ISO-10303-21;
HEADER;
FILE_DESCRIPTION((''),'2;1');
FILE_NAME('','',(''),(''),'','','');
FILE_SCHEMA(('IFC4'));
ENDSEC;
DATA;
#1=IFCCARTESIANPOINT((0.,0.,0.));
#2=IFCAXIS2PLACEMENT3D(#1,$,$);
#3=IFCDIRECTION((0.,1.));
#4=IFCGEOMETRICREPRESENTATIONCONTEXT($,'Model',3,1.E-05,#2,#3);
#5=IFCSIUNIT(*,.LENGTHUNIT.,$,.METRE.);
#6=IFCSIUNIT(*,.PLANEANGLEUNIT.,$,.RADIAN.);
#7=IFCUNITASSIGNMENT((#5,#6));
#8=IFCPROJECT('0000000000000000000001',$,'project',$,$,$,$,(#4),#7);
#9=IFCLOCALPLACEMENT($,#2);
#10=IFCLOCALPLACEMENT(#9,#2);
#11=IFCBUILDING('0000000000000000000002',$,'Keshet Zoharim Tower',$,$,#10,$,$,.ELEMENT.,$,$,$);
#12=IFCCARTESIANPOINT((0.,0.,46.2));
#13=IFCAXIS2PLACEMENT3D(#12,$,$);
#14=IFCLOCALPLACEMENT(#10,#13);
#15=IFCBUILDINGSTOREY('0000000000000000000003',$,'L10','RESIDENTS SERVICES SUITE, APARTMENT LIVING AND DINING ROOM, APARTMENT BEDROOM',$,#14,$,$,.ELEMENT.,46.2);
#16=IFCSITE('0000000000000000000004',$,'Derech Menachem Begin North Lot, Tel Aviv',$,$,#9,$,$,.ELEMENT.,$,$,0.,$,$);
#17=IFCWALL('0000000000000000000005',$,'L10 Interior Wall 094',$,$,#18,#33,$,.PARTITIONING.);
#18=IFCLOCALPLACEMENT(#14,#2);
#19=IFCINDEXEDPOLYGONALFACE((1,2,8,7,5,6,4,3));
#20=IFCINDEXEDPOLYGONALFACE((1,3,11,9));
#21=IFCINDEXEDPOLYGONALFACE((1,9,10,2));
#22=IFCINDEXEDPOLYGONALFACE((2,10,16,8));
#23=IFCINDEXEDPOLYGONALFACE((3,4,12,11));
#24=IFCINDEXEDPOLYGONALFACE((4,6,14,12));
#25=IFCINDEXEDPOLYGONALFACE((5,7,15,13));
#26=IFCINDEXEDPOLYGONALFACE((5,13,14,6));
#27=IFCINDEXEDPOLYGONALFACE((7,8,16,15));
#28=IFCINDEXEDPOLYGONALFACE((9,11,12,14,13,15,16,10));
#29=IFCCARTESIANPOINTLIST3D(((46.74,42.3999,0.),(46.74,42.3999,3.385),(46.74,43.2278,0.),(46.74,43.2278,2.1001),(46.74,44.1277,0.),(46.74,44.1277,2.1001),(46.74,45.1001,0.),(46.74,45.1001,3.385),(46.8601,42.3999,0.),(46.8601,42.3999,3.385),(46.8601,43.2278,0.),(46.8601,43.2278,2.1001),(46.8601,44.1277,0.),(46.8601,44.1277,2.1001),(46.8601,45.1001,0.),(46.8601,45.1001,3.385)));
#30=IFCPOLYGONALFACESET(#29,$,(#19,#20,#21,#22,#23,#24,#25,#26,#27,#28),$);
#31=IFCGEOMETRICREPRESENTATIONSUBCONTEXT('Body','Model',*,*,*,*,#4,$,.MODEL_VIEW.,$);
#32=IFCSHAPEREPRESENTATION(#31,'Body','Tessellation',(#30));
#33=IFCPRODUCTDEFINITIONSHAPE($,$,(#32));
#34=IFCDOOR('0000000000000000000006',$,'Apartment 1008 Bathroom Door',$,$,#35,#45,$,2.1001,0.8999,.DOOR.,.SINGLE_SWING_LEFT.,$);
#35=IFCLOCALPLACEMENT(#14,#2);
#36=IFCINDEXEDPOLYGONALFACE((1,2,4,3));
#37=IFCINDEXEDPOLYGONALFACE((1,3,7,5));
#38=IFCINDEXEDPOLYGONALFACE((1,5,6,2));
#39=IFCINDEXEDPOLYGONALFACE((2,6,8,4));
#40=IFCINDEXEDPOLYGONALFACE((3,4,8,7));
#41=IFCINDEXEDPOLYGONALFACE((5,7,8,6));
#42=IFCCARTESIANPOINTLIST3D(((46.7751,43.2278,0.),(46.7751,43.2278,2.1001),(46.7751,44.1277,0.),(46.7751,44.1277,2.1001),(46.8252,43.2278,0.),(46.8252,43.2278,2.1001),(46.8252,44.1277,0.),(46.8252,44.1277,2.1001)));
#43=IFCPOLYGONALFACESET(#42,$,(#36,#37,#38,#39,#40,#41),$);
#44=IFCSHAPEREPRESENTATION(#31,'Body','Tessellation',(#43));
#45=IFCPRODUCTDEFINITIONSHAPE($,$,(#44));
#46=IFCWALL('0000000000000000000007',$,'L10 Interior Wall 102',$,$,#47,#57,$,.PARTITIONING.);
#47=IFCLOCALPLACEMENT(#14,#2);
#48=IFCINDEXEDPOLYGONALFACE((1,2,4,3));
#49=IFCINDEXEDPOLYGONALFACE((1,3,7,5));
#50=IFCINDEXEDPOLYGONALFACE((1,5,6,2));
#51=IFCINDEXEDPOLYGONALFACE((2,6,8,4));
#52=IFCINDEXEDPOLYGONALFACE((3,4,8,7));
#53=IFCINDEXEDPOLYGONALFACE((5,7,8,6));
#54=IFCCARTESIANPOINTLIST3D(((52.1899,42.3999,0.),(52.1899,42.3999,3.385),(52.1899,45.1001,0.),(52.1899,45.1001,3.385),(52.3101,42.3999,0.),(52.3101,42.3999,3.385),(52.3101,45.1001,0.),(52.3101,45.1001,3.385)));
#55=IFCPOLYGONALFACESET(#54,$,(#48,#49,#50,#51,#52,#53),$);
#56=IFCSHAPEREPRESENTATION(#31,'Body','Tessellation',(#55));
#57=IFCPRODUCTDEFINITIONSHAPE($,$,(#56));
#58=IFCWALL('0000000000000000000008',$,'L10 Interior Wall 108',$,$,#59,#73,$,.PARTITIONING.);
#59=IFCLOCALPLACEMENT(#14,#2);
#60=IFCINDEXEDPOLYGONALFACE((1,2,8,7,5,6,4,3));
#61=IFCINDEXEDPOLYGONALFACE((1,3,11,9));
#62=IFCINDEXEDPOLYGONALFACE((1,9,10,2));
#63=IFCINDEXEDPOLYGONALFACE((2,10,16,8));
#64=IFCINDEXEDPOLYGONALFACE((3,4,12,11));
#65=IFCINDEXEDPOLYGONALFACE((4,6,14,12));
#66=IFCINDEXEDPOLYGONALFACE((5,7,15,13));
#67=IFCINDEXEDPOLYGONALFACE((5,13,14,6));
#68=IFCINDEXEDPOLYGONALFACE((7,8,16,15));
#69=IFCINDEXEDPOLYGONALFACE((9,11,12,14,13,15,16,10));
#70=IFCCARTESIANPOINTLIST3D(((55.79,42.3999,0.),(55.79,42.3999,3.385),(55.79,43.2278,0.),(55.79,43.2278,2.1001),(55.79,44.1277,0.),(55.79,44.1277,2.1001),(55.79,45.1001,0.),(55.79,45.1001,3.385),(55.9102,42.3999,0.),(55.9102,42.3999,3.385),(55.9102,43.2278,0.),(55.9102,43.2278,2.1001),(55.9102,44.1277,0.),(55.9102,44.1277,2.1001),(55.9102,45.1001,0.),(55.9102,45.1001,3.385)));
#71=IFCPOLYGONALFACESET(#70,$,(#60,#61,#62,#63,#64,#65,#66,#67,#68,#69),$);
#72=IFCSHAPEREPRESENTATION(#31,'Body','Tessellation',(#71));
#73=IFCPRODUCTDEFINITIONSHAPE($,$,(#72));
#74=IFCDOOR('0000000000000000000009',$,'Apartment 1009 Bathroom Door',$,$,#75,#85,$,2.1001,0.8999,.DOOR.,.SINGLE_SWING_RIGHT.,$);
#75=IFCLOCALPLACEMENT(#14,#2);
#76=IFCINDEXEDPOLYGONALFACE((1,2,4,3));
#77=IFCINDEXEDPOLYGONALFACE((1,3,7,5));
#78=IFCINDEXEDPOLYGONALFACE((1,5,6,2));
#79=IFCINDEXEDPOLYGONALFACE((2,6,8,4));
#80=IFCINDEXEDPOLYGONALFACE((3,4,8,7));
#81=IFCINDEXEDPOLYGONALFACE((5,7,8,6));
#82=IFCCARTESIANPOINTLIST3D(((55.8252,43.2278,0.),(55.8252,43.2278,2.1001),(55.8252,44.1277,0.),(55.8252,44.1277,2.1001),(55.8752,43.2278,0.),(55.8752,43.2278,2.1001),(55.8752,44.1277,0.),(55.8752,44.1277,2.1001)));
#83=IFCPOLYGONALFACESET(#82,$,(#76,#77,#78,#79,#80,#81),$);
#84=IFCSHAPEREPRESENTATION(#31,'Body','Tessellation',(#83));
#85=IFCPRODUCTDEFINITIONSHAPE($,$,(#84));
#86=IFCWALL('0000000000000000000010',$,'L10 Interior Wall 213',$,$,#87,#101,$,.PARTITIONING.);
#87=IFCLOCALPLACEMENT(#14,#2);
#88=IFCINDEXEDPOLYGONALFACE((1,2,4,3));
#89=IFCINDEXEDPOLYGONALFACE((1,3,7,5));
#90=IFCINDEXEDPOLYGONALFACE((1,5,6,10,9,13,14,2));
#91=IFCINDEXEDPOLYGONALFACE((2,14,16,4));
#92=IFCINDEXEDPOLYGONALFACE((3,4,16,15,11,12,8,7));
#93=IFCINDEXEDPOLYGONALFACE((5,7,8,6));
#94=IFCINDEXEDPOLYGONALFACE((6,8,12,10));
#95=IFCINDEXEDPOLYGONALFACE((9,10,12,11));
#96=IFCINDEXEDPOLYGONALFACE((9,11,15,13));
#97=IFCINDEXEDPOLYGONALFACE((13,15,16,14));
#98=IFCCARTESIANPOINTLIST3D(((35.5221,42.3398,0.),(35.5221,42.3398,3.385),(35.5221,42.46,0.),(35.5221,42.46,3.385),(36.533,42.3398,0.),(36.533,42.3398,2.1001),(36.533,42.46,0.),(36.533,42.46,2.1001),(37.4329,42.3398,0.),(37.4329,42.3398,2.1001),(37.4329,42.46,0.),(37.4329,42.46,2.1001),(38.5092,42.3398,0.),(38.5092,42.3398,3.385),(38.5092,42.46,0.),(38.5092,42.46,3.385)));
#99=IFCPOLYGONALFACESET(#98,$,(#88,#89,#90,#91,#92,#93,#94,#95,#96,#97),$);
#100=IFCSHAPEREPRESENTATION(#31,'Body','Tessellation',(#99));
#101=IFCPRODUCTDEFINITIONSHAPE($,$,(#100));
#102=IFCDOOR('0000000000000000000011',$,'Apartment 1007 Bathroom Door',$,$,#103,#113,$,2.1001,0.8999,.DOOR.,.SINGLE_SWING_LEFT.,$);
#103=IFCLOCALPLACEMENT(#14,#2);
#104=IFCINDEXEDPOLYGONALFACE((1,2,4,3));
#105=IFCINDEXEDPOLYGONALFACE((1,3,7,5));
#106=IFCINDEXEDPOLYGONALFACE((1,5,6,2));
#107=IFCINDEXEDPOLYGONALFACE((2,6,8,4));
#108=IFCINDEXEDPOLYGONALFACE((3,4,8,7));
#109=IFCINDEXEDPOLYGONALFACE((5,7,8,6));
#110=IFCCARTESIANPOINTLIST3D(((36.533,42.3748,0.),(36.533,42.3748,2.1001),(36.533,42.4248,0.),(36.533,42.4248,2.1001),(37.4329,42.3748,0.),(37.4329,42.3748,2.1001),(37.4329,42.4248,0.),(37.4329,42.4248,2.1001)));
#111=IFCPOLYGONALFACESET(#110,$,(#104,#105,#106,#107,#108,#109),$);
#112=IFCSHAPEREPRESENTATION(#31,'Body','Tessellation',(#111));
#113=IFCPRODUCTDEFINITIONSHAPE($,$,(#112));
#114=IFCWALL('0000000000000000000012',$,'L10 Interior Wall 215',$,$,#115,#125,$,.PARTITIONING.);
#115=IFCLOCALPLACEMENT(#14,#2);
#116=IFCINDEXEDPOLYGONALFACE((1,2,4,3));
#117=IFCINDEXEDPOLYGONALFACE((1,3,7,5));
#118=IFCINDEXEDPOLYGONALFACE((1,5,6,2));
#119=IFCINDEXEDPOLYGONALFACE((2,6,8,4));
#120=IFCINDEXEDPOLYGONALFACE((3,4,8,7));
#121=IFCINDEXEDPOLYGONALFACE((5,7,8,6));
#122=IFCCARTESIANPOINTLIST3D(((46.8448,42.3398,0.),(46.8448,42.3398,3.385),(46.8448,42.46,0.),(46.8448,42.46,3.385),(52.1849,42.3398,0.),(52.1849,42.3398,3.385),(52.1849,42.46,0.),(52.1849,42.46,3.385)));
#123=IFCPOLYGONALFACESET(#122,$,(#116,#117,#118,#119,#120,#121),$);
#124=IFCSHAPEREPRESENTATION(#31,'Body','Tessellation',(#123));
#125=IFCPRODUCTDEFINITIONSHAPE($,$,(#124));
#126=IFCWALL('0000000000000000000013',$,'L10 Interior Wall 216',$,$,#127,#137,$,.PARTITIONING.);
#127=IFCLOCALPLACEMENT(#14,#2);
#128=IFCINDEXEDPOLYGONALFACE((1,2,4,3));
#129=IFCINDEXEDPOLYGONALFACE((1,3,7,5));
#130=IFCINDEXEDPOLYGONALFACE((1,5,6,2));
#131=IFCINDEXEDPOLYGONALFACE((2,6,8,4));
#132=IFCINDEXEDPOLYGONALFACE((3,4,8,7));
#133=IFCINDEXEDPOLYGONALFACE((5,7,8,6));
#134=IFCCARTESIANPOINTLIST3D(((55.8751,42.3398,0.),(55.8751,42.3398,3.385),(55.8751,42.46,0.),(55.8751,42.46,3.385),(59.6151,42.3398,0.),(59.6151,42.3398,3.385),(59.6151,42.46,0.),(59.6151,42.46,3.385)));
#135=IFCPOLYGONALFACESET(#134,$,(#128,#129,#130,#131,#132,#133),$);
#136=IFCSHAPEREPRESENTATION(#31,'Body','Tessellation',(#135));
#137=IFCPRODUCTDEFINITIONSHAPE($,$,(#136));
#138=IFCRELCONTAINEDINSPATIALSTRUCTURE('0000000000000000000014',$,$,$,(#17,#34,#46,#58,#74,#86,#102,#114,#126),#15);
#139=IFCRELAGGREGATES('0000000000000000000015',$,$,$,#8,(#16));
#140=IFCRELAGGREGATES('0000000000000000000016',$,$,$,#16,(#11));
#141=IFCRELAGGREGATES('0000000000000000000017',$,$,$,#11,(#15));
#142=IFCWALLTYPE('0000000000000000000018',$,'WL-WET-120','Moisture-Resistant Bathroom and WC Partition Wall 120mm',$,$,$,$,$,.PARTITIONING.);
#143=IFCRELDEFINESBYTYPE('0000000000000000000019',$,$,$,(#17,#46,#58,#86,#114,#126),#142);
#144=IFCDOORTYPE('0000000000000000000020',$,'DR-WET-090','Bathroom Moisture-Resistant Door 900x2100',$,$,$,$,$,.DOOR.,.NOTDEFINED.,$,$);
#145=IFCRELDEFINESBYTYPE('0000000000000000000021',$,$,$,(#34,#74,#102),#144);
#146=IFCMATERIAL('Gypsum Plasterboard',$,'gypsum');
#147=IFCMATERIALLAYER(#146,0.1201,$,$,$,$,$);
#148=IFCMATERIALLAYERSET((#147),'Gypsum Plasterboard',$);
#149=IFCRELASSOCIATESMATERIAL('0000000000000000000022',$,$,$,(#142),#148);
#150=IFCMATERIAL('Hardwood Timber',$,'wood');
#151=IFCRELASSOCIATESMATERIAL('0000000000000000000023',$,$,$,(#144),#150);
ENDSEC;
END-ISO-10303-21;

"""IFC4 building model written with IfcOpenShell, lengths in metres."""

from ifc_helpers import new_model, si_unit, direction, frame, frame_2d, origin, place, context, subcontext, project, spatial, rectangle, extrude, material, layer, layer_set, type_object, element, fill, save


model = new_model("IFC4")

# Units and contexts
model_context = context("Model", 3, precision=1e-05, world=origin(), true_north=direction((0.0, 1.0)))
body_context = subcontext(model_context, "Body", "Model", "MODEL_VIEW")
ifc_project = project(units=[si_unit("LENGTHUNIT", "METRE"), si_unit("PLANEANGLEUNIT", "RADIAN")], contexts=[model_context])

# Site, building, storey
site_placement = place(None, origin())
site = spatial("IfcSite", under=ifc_project, at=site_placement, Name="Derech Menachem Begin North Lot, Tel Aviv", CompositionType="ELEMENT", RefElevation=0.0)
building_placement = place(site_placement, origin())
building = spatial("IfcBuilding", under=site, at=building_placement, Name="Keshet Zoharim Tower", CompositionType="ELEMENT")
storey_placement = place(building_placement, frame((0.0, 0.0, 46.2)))
storey = spatial("IfcBuildingStorey", under=building, at=storey_placement, Name="L10", Description="RESIDENTS SERVICES SUITE, APARTMENT LIVING AND DINING ROOM, APARTMENT BEDROOM", CompositionType="ELEMENT", Elevation=46.2)

# Shared definitions
ifc_material_1 = material(Name="Gypsum Plasterboard", Category="gypsum")

# Shared definitions
ifc_material_2 = material(Name="Hardwood Timber", Category="wood")

# Wall, opening, door
ifc_layer_1 = layer(ifc_material_1, 0.1201)
ifc_layer_set_1 = layer_set([ifc_layer_1], Name="Gypsum Plasterboard")
wall_type_1 = type_object("IfcWallType", Name="WL-WET-120", Description="Moisture-Resistant Bathroom and WC Partition Wall 120mm", PredefinedType="PARTITIONING", material=ifc_layer_set_1)
wall_1_placement = place(storey_placement, frame((46.8, 42.3999, 0.0), z_axis=(0.0, 0.0, 1.0), x_axis=(0.0, 1.0, 0.0)))
wall_1 = element("IfcWall", 1, at=wall_1_placement, inside=storey, type_object=wall_type_1, Name="L10 Interior Wall 094", PredefinedType="PARTITIONING", context=body_context, shape_type="SweptSolid", body=[
    extrude(rectangle(XDim=2.7002, YDim=0.1201, at=frame_2d((1.3501, 0.0))), origin(), (0.0, 0.0, 1.0), 3.385),
])
opening_1_placement = place(wall_1_placement, frame((0.8279, 0.0, 0.0)))
opening_1 = element("IfcOpeningElement", 2, at=opening_1_placement, cuts=wall_1, PredefinedType="OPENING", context=body_context, shape_type="SweptSolid", body=[
    extrude(rectangle(XDim=0.8999, YDim=2.1001, at=frame_2d((0.45, 1.05))), frame((0.0, 0.0701, 0.0), z_axis=(0.0, -1.0, 0.0), x_axis=(1.0, 0.0, 0.0)), (0.0, 0.0, 1.0), 0.1401),
])
door_type_1 = type_object("IfcDoorType", Name="DR-WET-090", Description="Bathroom Moisture-Resistant Door 900x2100", OperationType="NOTDEFINED", PredefinedType="DOOR", material=ifc_material_2)
door_1_placement = place(opening_1_placement, origin())
door_1 = element("IfcDoor", 3, at=door_1_placement, inside=storey, type_object=door_type_1, Name="Apartment 1008 Bathroom Door", OperationType="SINGLE_SWING_LEFT", OverallHeight=2.1001, OverallWidth=0.8999, PredefinedType="DOOR", context=body_context, shape_type="SweptSolid", body=[
    extrude(rectangle(XDim=0.8999, YDim=2.1001, at=frame_2d((0.45, 1.05))), frame((0.0, 0.0249, 0.0), z_axis=(0.0, -1.0, 0.0), x_axis=(1.0, 0.0, 0.0)), (0.0, 0.0, 1.0), 0.05),
])
fill(opening_1, door_1)

# Wall
wall_2_placement = place(storey_placement, frame((52.25, 42.3999, 0.0), z_axis=(0.0, 0.0, 1.0), x_axis=(0.0, 1.0, 0.0)))
element("IfcWall", 4, at=wall_2_placement, inside=storey, type_object=wall_type_1, Name="L10 Interior Wall 102", PredefinedType="PARTITIONING", context=body_context, shape_type="SweptSolid", body=[
    extrude(rectangle(XDim=2.7002, YDim=0.1201, at=frame_2d((1.3501, 0.0))), origin(), (0.0, 0.0, 1.0), 3.385),
])

# Walls, openings, doors
wall_3_placement = place(storey_placement, frame((55.8501, 42.3999, 0.0), z_axis=(0.0, 0.0, 1.0), x_axis=(0.0, 1.0, 0.0)))
wall_3 = element("IfcWall", 5, at=wall_3_placement, inside=storey, type_object=wall_type_1, Name="L10 Interior Wall 108", PredefinedType="PARTITIONING", context=body_context, shape_type="SweptSolid", body=[
    extrude(rectangle(XDim=2.7002, YDim=0.1201, at=frame_2d((1.3501, 0.0))), origin(), (0.0, 0.0, 1.0), 3.385),
])
opening_2_placement = place(wall_3_placement, frame((0.8279, 0.0, 0.0)))
opening_2 = element("IfcOpeningElement", 6, at=opening_2_placement, cuts=wall_3, PredefinedType="OPENING", context=body_context, shape_type="SweptSolid", body=[
    extrude(rectangle(XDim=0.8999, YDim=2.1001, at=frame_2d((0.45, 1.05))), frame((0.0, 0.0701, 0.0), z_axis=(0.0, -1.0, 0.0), x_axis=(1.0, 0.0, 0.0)), (0.0, 0.0, 1.0), 0.1401),
])
door_2_placement = place(opening_2_placement, origin())
door_2 = element("IfcDoor", 7, at=door_2_placement, inside=storey, type_object=door_type_1, Name="Apartment 1009 Bathroom Door", OperationType="SINGLE_SWING_RIGHT", OverallHeight=2.1001, OverallWidth=0.8999, PredefinedType="DOOR", context=body_context, shape_type="SweptSolid", body=[
    extrude(rectangle(XDim=0.8999, YDim=2.1001, at=frame_2d((0.45, 1.05))), frame((0.0, 0.0249, 0.0), z_axis=(0.0, -1.0, 0.0), x_axis=(1.0, 0.0, 0.0)), (0.0, 0.0, 1.0), 0.05),
])
fill(opening_2, door_2)
wall_4_placement = place(storey_placement, frame((35.522, 42.3999, 0.0), z_axis=(0.0, 0.0, 1.0), x_axis=(1.0, 0.0, 0.0)))
wall_4 = element("IfcWall", 8, at=wall_4_placement, inside=storey, type_object=wall_type_1, Name="L10 Interior Wall 213", PredefinedType="PARTITIONING", context=body_context, shape_type="SweptSolid", body=[
    extrude(rectangle(XDim=2.9871, YDim=0.1201, at=frame_2d((1.4937, 0.0))), origin(), (0.0, 0.0, 1.0), 3.385),
])
opening_3_placement = place(wall_4_placement, frame((1.011, 0.0, 0.0)))
opening_3 = element("IfcOpeningElement", 9, at=opening_3_placement, cuts=wall_4, PredefinedType="OPENING", context=body_context, shape_type="SweptSolid", body=[
    extrude(rectangle(XDim=0.8999, YDim=2.1001, at=frame_2d((0.45, 1.05))), frame((0.0, 0.0701, 0.0), z_axis=(0.0, -1.0, 0.0), x_axis=(1.0, 0.0, 0.0)), (0.0, 0.0, 1.0), 0.1401),
])
door_3_placement = place(opening_3_placement, origin())
door_3 = element("IfcDoor", 10, at=door_3_placement, inside=storey, type_object=door_type_1, Name="Apartment 1007 Bathroom Door", OperationType="SINGLE_SWING_LEFT", OverallHeight=2.1001, OverallWidth=0.8999, PredefinedType="DOOR", context=body_context, shape_type="SweptSolid", body=[
    extrude(rectangle(XDim=0.8999, YDim=2.1001, at=frame_2d((0.45, 1.05))), frame((0.0, 0.0249, 0.0), z_axis=(0.0, -1.0, 0.0), x_axis=(1.0, 0.0, 0.0)), (0.0, 0.0, 1.0), 0.05),
])
fill(opening_3, door_3)

# Walls
wall_5_placement = place(storey_placement, frame((46.845, 42.3999, 0.0), z_axis=(0.0, 0.0, 1.0), x_axis=(1.0, 0.0, 0.0)))
element("IfcWall", 11, at=wall_5_placement, inside=storey, type_object=wall_type_1, Name="L10 Interior Wall 215", PredefinedType="PARTITIONING", context=body_context, shape_type="SweptSolid", body=[
    extrude(rectangle(XDim=5.3401, YDim=0.1201, at=frame_2d((2.6699, 0.0))), origin(), (0.0, 0.0, 1.0), 3.385),
])
wall_6_placement = place(storey_placement, frame((55.875, 42.3999, 0.0), z_axis=(0.0, 0.0, 1.0), x_axis=(1.0, 0.0, 0.0)))
element("IfcWall", 12, at=wall_6_placement, inside=storey, type_object=wall_type_1, Name="L10 Interior Wall 216", PredefinedType="PARTITIONING", context=body_context, shape_type="SweptSolid", body=[
    extrude(rectangle(XDim=3.74, YDim=0.1201, at=frame_2d((1.8701, 0.0))), origin(), (0.0, 0.0, 1.0), 3.385),
])

save(model, "model.ifc")
